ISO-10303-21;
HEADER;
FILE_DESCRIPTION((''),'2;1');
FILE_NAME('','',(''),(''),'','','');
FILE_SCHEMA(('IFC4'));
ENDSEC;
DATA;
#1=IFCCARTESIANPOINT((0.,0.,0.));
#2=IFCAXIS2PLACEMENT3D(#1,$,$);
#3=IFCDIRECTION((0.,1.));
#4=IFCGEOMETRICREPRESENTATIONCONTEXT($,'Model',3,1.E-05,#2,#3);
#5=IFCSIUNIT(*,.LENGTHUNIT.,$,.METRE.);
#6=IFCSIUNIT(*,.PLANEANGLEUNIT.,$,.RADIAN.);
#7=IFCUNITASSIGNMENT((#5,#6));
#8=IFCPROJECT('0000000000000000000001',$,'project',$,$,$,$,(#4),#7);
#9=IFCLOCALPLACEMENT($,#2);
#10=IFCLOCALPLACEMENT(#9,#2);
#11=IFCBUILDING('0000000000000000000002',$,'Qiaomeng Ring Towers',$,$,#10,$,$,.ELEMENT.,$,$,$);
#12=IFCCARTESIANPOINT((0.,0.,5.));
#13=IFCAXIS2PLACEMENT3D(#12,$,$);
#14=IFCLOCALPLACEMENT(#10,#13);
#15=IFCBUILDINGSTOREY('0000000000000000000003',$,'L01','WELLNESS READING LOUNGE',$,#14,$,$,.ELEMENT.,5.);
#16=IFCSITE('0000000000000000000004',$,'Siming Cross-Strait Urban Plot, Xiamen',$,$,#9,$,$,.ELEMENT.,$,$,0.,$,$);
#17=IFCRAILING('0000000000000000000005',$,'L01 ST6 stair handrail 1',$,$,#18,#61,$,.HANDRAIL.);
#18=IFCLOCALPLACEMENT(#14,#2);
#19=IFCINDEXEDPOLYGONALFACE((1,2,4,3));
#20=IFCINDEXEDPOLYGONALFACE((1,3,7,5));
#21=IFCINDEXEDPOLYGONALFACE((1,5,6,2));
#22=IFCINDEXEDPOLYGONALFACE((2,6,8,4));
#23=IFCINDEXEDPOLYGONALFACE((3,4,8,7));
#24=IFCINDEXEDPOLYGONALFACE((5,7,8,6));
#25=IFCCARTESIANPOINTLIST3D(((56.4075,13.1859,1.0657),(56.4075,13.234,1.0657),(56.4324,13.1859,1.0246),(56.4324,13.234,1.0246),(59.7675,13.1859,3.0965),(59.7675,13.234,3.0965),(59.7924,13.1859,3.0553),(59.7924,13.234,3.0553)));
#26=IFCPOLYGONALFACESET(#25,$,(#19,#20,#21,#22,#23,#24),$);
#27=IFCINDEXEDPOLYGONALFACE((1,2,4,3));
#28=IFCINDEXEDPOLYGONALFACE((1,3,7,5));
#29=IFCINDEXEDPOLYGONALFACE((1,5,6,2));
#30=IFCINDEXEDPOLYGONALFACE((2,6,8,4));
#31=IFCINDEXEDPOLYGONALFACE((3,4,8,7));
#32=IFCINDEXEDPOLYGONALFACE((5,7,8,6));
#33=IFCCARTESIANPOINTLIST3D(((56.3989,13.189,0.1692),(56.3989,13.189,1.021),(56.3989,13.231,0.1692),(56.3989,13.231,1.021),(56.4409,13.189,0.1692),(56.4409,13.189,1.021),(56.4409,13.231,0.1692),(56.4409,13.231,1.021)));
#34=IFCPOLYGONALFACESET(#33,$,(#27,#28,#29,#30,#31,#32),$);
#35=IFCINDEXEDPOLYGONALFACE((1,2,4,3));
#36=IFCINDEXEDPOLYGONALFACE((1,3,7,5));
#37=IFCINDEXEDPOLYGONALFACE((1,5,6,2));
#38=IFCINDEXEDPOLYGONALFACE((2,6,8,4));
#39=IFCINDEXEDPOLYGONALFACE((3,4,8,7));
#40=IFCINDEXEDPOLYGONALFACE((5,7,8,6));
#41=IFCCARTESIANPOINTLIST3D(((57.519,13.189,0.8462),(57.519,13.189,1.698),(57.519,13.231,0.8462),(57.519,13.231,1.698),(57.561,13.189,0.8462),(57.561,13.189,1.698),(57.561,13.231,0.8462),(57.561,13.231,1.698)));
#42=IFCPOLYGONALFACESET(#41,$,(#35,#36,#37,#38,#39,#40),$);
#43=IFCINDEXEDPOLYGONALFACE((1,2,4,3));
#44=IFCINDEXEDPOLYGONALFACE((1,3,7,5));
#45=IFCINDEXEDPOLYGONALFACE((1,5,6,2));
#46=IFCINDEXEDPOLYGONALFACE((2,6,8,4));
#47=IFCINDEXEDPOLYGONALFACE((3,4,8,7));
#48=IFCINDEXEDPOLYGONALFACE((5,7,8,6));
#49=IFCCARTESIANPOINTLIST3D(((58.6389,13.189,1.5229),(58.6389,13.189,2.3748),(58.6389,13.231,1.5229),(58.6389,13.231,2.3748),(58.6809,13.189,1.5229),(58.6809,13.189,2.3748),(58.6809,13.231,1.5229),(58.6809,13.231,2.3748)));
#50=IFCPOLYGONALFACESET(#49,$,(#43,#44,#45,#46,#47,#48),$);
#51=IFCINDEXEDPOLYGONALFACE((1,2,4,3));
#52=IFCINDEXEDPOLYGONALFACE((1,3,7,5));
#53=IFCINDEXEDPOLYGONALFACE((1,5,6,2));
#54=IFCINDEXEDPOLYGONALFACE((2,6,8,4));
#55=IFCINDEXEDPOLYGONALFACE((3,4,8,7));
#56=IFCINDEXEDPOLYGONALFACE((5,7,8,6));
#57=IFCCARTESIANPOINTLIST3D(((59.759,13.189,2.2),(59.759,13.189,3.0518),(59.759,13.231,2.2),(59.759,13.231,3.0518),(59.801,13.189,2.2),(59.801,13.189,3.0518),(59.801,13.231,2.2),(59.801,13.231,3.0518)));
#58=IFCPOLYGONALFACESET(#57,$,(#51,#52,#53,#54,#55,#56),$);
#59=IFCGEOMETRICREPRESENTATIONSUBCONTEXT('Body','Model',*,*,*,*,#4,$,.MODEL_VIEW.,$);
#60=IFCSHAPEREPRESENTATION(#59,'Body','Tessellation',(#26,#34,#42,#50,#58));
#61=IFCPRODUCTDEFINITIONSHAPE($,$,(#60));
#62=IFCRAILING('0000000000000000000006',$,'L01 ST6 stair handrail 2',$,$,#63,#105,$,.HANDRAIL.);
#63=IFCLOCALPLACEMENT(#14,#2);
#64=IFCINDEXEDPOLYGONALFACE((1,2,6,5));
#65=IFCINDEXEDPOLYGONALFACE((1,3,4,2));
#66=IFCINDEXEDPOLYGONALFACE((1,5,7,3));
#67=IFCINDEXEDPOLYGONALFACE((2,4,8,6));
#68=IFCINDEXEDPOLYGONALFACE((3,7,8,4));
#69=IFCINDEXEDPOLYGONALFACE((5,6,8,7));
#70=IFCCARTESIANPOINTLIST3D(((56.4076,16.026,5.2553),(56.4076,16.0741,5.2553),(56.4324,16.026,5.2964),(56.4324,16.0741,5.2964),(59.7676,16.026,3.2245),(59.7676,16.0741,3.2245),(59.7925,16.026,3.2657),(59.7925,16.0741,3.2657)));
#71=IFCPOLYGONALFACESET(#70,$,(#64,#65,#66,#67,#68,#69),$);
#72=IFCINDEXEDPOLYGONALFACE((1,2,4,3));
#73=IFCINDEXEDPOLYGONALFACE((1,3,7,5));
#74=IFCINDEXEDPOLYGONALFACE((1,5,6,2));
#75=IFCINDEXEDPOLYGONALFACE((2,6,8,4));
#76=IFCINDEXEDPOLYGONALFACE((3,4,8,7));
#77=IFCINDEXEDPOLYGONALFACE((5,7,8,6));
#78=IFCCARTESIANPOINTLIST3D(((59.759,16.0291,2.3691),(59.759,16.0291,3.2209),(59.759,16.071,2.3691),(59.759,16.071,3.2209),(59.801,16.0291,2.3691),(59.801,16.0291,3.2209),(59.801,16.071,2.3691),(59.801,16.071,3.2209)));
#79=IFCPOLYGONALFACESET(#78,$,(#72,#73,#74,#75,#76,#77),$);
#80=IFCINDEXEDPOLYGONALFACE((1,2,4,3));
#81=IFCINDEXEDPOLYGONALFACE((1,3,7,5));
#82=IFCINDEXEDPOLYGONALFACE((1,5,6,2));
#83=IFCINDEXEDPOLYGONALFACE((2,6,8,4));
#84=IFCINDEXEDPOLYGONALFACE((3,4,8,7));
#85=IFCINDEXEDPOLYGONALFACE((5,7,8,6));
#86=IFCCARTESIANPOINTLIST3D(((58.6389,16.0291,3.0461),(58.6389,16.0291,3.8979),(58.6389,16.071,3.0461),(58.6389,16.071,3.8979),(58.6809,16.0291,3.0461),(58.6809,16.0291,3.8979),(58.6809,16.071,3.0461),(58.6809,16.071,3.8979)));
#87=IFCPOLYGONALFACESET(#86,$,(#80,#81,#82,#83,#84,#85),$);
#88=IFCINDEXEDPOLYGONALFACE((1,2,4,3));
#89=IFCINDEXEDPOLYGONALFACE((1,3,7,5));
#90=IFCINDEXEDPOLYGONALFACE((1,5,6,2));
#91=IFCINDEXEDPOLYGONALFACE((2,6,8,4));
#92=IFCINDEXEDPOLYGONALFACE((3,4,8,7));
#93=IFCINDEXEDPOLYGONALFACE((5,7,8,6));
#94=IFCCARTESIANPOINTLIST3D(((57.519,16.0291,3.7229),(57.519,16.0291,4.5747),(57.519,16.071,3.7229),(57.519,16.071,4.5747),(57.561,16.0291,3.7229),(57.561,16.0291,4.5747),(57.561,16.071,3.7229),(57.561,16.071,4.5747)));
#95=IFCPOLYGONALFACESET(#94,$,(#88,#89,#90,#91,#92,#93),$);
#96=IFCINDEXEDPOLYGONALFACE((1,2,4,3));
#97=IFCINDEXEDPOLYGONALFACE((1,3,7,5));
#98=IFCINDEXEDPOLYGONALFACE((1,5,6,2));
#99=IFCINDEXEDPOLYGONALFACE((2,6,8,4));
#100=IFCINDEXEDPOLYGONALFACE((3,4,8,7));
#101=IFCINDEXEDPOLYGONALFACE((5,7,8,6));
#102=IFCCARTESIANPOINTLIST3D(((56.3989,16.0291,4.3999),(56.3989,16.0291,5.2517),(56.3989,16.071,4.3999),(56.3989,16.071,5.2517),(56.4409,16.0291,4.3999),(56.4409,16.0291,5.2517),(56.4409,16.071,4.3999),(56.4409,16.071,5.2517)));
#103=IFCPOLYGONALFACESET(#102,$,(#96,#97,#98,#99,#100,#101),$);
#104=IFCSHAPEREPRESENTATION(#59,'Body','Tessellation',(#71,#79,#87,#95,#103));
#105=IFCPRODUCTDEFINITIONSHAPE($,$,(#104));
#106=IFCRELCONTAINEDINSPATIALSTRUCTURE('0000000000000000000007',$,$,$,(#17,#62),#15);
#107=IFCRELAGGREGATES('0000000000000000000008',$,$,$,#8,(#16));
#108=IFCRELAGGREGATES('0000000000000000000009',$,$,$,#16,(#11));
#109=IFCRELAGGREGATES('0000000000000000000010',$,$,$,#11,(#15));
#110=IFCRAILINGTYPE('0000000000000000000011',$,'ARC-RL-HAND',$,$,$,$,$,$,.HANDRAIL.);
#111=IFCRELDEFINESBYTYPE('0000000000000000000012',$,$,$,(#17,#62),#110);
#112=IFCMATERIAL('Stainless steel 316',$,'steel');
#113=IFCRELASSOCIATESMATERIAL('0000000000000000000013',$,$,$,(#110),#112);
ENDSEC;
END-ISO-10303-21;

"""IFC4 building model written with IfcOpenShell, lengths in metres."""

from ifc_helpers import new_model, si_unit, direction, frame, origin, origin_2d, place, context, subcontext, project, spatial, rectangle, extrude, material, type_object, element, save


model = new_model("IFC4")

# Units and contexts
model_context = context("Model", 3, precision=1e-05, world=origin(), true_north=direction((0.0, 1.0)))
body_context = subcontext(model_context, "Body", "Model", "MODEL_VIEW")
ifc_project = project(units=[si_unit("LENGTHUNIT", "METRE"), si_unit("PLANEANGLEUNIT", "RADIAN")], contexts=[model_context])

# Site, building, storey
site_placement = place(None, origin())
site = spatial("IfcSite", under=ifc_project, at=site_placement, Name="Siming Cross-Strait Urban Plot, Xiamen", CompositionType="ELEMENT", RefElevation=0.0)
building_placement = place(site_placement, origin())
building = spatial("IfcBuilding", under=site, at=building_placement, Name="Qiaomeng Ring Towers", CompositionType="ELEMENT")
storey_placement = place(building_placement, frame((0.0, 0.0, 5.0)))
storey = spatial("IfcBuildingStorey", under=building, at=storey_placement, Name="L01", Description="WELLNESS READING LOUNGE", CompositionType="ELEMENT", Elevation=5.0)

# Shared definitions
ifc_material_1 = material(Name="Stainless steel 316", Category="steel")

# Railings
railing_type_1 = type_object("IfcRailingType", Name="ARC-RL-HAND", PredefinedType="HANDRAIL", material=ifc_material_1)
railing_1_placement = place(storey_placement, frame((56.4199, 13.21, 0.1692)))
element("IfcRailing", 1, at=railing_1_placement, inside=storey, type_object=railing_type_1, Name="L01 ST6 stair handrail 1", PredefinedType="HANDRAIL", context=body_context, shape_type="SweptSolid", body=[
    extrude(rectangle(XDim=0.0481, YDim=0.0481, at=origin_2d()), frame((0.0, 0.0, 0.876), z_axis=(0.855837, 0.0, 0.517246), x_axis=(0.0, 1.0, 0.0)), (0.0, 0.0, 1.0), 3.926),
    extrude(rectangle(XDim=0.042, YDim=0.042, at=origin_2d()), origin(), (0.0, 0.0, 1.0), 0.8518),
    extrude(rectangle(XDim=0.042, YDim=0.042, at=origin_2d()), frame((1.1201, 0.0, 0.677)), (0.0, 0.0, 1.0), 0.8518),
    extrude(rectangle(XDim=0.042, YDim=0.042, at=origin_2d()), frame((2.24, 0.0, 1.3538)), (0.0, 0.0, 1.0), 0.8518),
    extrude(rectangle(XDim=0.042, YDim=0.042, at=origin_2d()), frame((3.3601, 0.0, 2.0308)), (0.0, 0.0, 1.0), 0.8518),
])
railing_2_placement = place(storey_placement, frame((59.78, 16.05, 2.3691)))
element("IfcRailing", 2, at=railing_2_placement, inside=storey, type_object=railing_type_1, Name="L01 ST6 stair handrail 2", PredefinedType="HANDRAIL", context=body_context, shape_type="SweptSolid", body=[
    extrude(rectangle(XDim=0.0481, YDim=0.0481, at=origin_2d()), frame((0.0, 0.0, 0.876), z_axis=(-0.855837, 0.0, 0.517246), x_axis=(0.0, -1.0, 0.0)), (0.0, 0.0, 1.0), 3.926),
    extrude(rectangle(XDim=0.042, YDim=0.042, at=origin_2d()), origin(), (0.0, 0.0, 1.0), 0.8518),
    extrude(rectangle(XDim=0.042, YDim=0.042, at=origin_2d()), frame((-1.1201, 0.0, 0.677)), (0.0, 0.0, 1.0), 0.8518),
    extrude(rectangle(XDim=0.042, YDim=0.042, at=origin_2d()), frame((-2.24, 0.0, 1.3538)), (0.0, 0.0, 1.0), 0.8518),
    extrude(rectangle(XDim=0.042, YDim=0.042, at=origin_2d()), frame((-3.3601, 0.0, 2.0308)), (0.0, 0.0, 1.0), 0.8518),
])

save(model, "model.ifc")
